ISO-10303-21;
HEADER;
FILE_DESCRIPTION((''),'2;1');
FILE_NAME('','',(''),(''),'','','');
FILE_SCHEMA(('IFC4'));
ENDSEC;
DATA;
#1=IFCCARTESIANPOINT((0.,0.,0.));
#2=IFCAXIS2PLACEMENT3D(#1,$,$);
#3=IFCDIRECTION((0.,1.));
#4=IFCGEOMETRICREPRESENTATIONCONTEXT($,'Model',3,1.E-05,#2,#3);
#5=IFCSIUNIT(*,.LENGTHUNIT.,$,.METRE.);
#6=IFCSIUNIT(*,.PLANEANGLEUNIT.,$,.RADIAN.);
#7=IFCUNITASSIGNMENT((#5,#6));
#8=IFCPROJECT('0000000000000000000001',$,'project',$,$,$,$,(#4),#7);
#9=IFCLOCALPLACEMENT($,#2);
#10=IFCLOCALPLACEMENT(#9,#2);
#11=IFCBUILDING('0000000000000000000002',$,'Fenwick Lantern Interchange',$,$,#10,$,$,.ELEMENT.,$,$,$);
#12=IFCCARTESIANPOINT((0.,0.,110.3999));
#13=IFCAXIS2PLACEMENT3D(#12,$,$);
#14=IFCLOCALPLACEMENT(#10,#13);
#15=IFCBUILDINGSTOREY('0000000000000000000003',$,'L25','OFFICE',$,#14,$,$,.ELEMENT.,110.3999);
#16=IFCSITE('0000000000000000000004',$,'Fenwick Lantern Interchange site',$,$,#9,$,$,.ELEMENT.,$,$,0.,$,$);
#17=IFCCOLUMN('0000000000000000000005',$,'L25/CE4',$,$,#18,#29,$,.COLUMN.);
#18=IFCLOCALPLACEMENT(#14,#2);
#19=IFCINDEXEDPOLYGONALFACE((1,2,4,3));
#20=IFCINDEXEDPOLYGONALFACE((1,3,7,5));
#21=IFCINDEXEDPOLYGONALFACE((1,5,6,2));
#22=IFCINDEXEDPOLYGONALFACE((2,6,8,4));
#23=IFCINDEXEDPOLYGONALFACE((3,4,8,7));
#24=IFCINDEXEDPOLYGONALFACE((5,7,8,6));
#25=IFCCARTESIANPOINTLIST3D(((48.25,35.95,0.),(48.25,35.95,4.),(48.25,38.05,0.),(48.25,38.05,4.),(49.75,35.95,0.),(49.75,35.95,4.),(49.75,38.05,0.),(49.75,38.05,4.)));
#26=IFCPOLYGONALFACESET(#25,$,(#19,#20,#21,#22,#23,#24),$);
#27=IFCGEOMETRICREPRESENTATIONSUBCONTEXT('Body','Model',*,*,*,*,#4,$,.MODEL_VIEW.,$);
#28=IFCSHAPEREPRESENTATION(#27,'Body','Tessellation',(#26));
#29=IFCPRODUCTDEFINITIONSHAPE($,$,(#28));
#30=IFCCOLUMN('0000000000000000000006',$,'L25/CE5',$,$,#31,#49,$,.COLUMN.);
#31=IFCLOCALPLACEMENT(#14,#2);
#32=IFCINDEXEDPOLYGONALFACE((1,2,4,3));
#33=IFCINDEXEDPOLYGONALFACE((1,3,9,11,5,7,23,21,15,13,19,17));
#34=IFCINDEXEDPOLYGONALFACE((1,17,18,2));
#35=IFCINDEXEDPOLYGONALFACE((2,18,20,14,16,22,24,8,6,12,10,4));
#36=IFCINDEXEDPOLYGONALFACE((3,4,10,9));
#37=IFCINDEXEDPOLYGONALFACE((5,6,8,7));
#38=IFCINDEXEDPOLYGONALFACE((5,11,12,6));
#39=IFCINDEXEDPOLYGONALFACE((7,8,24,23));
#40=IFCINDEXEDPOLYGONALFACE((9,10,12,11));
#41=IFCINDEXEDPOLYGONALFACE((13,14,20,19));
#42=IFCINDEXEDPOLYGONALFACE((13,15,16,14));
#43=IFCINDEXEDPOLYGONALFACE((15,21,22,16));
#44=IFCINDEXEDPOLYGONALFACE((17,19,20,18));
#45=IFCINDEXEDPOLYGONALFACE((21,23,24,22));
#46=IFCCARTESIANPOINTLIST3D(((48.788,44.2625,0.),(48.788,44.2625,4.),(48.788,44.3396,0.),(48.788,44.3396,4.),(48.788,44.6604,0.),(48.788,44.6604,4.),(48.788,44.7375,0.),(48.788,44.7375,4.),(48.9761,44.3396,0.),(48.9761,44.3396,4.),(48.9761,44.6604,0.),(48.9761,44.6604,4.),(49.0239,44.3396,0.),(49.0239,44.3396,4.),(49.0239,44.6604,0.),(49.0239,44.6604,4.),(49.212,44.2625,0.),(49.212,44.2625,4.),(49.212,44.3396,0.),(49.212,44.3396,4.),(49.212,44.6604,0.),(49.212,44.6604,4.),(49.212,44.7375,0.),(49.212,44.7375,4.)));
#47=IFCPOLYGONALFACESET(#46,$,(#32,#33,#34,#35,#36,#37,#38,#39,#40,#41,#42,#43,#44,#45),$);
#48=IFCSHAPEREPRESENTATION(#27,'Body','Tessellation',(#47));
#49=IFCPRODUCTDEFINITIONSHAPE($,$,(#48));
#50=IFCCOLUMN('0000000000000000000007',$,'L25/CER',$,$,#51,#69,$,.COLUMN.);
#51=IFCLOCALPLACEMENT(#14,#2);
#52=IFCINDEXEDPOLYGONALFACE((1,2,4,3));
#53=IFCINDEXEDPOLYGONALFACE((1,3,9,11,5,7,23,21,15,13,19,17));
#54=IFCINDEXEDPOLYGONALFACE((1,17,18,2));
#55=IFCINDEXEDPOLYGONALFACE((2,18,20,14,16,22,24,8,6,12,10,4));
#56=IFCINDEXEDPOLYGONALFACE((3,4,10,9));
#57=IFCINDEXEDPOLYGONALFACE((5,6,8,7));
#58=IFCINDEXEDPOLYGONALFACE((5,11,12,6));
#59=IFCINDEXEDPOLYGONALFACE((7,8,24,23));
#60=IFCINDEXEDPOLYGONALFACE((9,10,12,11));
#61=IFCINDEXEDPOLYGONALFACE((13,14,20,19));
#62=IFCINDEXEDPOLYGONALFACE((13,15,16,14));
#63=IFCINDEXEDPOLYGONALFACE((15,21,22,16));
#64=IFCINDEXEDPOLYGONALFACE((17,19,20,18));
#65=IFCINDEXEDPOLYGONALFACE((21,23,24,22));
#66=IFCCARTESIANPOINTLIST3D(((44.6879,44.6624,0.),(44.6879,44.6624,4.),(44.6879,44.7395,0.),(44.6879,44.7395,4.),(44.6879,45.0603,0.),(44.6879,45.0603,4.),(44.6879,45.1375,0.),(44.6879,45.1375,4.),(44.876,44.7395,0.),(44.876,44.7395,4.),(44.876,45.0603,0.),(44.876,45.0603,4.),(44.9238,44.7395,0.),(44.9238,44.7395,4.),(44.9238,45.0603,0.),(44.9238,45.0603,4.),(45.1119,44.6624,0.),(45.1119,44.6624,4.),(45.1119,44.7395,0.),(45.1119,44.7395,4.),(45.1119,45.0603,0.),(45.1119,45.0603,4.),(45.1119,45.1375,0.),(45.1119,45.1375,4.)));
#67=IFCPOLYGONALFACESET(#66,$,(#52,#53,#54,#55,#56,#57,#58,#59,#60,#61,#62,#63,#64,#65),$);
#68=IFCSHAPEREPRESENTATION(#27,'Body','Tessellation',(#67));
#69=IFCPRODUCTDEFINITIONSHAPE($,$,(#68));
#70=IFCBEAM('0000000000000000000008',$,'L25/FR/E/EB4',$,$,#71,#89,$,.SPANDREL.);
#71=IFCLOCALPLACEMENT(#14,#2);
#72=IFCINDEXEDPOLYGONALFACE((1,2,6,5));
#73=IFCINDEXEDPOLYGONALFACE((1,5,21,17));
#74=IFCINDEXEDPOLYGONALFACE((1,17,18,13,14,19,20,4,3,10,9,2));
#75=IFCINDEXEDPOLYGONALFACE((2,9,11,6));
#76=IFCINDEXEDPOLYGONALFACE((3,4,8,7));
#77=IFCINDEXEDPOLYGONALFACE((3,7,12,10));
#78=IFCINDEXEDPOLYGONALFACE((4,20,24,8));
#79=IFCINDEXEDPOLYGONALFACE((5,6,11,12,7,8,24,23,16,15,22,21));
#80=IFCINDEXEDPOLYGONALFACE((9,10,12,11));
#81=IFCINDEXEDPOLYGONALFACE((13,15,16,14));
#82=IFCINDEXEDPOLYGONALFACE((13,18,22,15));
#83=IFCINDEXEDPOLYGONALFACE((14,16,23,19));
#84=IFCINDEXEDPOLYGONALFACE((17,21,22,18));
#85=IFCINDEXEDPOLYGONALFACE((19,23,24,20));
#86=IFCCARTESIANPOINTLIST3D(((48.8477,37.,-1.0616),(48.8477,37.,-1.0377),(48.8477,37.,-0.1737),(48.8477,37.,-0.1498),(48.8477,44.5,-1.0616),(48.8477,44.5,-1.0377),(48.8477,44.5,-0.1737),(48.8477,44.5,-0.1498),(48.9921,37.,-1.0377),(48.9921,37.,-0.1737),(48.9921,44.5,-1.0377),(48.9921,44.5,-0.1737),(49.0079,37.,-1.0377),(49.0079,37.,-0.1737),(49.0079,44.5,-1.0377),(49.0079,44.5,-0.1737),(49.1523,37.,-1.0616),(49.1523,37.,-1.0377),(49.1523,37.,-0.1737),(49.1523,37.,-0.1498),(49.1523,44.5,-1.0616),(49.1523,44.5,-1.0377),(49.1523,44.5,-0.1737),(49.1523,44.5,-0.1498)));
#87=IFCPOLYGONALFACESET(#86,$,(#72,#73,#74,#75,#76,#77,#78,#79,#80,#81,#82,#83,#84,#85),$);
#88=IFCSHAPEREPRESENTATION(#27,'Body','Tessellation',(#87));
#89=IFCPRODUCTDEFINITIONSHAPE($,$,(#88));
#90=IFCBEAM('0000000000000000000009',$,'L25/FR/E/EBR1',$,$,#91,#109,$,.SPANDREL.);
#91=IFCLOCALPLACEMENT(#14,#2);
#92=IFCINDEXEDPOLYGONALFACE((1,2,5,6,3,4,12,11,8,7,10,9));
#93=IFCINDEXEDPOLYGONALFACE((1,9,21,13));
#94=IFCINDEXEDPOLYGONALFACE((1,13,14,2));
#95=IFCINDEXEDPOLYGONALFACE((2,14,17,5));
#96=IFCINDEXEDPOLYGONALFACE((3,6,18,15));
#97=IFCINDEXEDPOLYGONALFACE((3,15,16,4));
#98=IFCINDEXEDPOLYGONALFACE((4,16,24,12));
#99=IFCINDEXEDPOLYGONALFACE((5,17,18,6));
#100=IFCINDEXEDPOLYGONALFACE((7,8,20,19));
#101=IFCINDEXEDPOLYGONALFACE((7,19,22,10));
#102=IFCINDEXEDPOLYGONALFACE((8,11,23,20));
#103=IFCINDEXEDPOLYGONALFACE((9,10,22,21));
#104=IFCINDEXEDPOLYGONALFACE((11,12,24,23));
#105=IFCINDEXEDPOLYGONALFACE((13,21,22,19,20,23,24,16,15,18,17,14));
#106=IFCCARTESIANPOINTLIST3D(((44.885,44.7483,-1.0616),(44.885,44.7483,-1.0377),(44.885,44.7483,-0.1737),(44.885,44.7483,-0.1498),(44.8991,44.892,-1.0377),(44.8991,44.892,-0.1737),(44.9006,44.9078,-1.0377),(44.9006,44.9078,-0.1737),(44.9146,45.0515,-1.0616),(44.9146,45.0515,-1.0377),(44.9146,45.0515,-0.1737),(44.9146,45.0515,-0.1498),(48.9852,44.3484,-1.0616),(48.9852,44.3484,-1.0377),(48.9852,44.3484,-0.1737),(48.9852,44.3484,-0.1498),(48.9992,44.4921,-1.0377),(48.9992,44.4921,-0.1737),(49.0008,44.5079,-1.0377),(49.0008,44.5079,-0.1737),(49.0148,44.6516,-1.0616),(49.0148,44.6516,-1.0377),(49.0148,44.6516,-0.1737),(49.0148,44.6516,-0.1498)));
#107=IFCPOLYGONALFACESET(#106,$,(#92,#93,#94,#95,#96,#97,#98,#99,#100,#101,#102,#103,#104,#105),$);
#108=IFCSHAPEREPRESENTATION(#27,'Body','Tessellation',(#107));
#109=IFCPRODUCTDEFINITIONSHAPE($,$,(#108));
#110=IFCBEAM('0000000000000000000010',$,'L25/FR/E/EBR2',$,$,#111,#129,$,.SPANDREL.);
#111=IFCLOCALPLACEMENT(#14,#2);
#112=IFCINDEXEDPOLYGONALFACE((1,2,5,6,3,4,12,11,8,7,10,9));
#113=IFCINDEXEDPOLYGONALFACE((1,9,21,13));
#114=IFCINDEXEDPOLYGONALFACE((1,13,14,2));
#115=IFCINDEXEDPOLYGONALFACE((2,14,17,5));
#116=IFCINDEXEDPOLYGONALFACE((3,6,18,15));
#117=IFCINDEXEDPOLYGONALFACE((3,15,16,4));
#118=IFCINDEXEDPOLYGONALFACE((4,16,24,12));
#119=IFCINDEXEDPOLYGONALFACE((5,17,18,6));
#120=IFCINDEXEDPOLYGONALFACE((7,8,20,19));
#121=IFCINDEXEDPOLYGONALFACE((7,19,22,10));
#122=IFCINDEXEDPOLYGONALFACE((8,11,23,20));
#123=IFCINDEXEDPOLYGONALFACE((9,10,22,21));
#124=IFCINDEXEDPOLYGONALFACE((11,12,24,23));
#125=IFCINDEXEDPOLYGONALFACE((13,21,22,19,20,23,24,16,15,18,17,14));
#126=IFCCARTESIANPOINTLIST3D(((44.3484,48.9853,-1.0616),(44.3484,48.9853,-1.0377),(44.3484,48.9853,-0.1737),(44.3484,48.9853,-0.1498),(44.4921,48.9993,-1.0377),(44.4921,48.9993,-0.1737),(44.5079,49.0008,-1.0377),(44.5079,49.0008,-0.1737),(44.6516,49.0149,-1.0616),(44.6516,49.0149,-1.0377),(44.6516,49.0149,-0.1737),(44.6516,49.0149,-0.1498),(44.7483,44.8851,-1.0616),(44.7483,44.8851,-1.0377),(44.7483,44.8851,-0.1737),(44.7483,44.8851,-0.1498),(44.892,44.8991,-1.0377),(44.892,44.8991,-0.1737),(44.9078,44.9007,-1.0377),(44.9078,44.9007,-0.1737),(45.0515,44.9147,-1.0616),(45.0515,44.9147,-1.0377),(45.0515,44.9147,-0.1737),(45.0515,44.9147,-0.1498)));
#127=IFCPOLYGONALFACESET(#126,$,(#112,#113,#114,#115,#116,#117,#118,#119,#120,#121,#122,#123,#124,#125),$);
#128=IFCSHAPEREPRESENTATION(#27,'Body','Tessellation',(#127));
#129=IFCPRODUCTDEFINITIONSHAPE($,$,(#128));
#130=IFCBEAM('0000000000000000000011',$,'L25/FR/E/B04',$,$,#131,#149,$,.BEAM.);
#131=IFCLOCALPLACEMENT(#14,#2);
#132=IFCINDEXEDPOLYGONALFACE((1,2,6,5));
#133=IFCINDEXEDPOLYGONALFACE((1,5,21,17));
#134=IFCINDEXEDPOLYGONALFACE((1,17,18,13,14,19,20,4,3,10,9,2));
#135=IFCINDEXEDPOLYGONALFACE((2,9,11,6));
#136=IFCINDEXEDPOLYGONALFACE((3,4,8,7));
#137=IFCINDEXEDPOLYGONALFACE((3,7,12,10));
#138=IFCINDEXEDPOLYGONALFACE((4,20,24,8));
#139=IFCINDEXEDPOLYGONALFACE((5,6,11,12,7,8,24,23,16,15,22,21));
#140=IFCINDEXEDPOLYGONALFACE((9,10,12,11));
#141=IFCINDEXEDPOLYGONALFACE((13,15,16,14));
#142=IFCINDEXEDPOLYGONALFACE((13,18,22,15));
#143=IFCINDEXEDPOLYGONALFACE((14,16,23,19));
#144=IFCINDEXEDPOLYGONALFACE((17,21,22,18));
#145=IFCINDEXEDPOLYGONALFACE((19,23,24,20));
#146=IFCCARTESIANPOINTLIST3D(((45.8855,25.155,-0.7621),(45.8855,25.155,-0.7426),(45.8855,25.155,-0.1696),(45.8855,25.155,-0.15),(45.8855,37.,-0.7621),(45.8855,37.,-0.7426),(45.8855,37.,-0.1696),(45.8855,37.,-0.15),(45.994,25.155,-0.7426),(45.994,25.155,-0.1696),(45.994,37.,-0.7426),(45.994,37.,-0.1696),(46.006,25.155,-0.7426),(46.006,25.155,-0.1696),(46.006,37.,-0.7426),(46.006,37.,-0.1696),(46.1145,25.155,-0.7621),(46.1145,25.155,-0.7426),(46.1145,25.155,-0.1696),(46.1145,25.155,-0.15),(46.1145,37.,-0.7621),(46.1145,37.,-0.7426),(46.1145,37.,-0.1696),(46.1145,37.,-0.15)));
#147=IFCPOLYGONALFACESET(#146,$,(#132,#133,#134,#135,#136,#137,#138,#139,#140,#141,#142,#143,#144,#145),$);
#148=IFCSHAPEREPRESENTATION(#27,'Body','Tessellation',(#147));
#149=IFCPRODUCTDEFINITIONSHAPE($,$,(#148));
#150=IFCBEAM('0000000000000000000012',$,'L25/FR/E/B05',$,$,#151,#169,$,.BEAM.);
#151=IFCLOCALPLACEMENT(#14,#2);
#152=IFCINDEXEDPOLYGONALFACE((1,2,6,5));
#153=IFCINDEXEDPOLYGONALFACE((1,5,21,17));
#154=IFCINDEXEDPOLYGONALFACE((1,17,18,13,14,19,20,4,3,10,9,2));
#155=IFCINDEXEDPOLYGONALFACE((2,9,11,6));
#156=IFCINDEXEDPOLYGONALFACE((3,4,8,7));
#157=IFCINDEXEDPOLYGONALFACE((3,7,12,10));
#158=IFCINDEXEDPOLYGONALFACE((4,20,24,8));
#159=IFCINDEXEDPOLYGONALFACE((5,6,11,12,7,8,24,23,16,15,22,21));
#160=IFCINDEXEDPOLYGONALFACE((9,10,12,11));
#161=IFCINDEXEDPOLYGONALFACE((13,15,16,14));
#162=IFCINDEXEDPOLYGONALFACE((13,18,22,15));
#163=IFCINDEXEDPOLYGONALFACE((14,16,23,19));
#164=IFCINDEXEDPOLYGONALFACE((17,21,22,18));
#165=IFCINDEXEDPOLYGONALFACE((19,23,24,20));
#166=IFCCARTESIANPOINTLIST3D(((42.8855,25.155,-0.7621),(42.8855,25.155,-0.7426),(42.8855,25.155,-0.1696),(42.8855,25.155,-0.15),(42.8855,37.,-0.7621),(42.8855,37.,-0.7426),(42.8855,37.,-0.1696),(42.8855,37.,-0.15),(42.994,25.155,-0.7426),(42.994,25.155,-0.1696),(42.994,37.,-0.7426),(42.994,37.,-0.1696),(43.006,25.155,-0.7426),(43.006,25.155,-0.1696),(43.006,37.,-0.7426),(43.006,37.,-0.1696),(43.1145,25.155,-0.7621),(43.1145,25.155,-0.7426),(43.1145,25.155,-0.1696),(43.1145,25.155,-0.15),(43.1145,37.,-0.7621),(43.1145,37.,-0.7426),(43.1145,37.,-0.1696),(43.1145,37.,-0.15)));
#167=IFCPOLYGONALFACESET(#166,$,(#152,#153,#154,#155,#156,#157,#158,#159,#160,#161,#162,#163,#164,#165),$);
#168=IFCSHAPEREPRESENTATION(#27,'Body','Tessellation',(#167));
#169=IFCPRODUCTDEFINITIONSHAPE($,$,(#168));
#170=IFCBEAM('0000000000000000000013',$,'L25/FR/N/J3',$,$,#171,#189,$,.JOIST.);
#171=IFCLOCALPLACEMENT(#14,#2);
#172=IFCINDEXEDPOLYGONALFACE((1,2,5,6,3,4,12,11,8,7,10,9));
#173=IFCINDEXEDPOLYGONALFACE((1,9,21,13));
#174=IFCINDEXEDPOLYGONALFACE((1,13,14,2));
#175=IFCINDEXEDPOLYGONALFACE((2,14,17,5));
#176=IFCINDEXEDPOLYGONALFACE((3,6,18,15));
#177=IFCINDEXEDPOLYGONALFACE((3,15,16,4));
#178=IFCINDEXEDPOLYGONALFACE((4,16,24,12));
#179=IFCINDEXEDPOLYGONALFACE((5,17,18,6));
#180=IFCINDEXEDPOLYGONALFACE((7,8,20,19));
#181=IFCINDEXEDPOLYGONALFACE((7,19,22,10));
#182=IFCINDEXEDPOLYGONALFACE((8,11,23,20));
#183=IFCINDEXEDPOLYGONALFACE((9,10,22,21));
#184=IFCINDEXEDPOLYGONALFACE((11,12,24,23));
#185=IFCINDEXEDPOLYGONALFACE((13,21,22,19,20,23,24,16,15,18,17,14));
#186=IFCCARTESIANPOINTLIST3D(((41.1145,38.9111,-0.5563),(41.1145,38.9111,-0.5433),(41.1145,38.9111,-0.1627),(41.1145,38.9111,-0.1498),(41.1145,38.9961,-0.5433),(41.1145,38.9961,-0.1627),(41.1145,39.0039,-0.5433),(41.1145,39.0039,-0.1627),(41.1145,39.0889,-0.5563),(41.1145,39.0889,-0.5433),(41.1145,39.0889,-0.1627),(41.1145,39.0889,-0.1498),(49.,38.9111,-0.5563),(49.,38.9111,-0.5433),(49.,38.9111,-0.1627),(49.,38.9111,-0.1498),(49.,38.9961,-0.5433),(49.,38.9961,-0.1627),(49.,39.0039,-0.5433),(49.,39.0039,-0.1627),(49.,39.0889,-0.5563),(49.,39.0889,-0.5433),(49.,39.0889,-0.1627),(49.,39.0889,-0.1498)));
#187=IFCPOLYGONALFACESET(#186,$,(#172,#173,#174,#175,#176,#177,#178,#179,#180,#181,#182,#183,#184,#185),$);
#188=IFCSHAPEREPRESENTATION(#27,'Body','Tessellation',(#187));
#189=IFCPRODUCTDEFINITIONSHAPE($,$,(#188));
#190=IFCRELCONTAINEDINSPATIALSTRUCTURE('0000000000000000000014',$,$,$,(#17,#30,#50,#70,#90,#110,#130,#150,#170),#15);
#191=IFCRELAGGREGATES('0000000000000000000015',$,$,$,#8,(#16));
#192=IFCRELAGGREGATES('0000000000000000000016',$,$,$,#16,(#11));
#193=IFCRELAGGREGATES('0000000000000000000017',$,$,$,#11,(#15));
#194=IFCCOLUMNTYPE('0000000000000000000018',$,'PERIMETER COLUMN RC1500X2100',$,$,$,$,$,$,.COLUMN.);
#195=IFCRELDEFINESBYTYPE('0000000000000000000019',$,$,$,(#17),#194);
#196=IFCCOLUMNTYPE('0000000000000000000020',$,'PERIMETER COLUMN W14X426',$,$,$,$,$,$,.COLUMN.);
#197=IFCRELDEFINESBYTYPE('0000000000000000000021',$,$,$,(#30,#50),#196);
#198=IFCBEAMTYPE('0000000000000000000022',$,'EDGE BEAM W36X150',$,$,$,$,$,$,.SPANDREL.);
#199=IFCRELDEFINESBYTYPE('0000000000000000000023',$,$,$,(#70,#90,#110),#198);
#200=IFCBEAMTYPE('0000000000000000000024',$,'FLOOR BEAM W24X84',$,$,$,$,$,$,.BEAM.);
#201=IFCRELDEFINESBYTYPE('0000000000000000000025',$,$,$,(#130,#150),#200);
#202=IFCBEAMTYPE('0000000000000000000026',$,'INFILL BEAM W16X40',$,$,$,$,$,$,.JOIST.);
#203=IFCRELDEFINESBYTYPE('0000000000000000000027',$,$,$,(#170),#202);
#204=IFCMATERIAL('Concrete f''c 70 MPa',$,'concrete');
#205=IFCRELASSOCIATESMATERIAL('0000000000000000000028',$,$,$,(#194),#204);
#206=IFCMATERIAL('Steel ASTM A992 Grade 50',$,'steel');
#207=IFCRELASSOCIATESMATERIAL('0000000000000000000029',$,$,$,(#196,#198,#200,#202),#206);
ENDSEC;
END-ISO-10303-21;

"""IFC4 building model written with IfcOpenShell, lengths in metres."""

from ifc_helpers import new_model, si_unit, direction, frame, origin, origin_2d, place, context, subcontext, project, spatial, rectangle, i_section, extrude, material, material_profile, profile_set, type_object, element, save


model = new_model("IFC4")

# Units and contexts
model_context = context("Model", 3, precision=1e-05, world=origin(), true_north=direction((0.0, 1.0)))
body_context = subcontext(model_context, "Body", "Model", "MODEL_VIEW")
ifc_project = project(units=[si_unit("LENGTHUNIT", "METRE"), si_unit("PLANEANGLEUNIT", "RADIAN")], contexts=[model_context])

# Site, building, storey
site_placement = place(None, origin())
site = spatial("IfcSite", under=ifc_project, at=site_placement, Name="Fenwick Lantern Interchange site", CompositionType="ELEMENT", RefElevation=0.0)
building_placement = place(site_placement, origin())
building = spatial("IfcBuilding", under=site, at=building_placement, Name="Fenwick Lantern Interchange", CompositionType="ELEMENT")
storey_placement = place(building_placement, frame((0.0, 0.0, 110.3999)))
storey = spatial("IfcBuildingStorey", under=building, at=storey_placement, Name="L25", Description="OFFICE", CompositionType="ELEMENT", Elevation=110.3999)

# Columns
ifc_material_1 = material(Name="Concrete f'c 70 MPa", Category="concrete")
ifc_material_profile_1 = material_profile(ifc_material_1, rectangle(XDim=1.5, YDim=2.1001, at=origin_2d()), Name="RC1500X2100")
ifc_profile_set_1 = profile_set([ifc_material_profile_1], Name="Concrete f'c 70 MPa")
column_type_1 = type_object("IfcColumnType", Name="PERIMETER COLUMN RC1500X2100", PredefinedType="COLUMN", material=ifc_profile_set_1)
column_placement = place(storey_placement, frame((49.0, 37.0, 0.0), z_axis=(0.0, 0.0, 1.0), x_axis=(1.0, 0.0, 0.0)))
element("IfcColumn", 1, at=column_placement, inside=storey, type_object=column_type_1, Name="L25/CE4", PredefinedType="COLUMN", context=body_context, shape_type="SweptSolid", body=[
    extrude(rectangle(XDim=1.5, YDim=2.1001, at=origin_2d()), origin(), (0.0, 0.0, 1.0), 4.0),
])
ifc_material_2 = material(Name="Steel ASTM A992 Grade 50", Category="steel")
ifc_material_profile_2 = material_profile(ifc_material_2, i_section(OverallWidth=0.4241, OverallDepth=0.4751, WebThickness=0.0479, FlangeThickness=0.0771, at=origin_2d()), Name="W14X426")
ifc_profile_set_2 = profile_set([ifc_material_profile_2], Name="Steel ASTM A992 Grade 50")
column_type_2 = type_object("IfcColumnType", Name="PERIMETER COLUMN W14X426", PredefinedType="COLUMN", material=ifc_profile_set_2)
for number, where, z_axis, x_axis, name in (
    (2, (49.0, 44.5, 0.0), (0.0, 0.0, 1.0), (1.0, 0.0, 0.0), "L25/CE5"),
    (3, (44.8999, 44.8999, 0.0), (0.0, 0.0, 1.0), (1.0, 0.0, 0.0), "L25/CER"),
):
    element("IfcColumn", number, at=place(storey_placement, frame(where, z_axis=z_axis, x_axis=x_axis)), inside=storey, type_object=column_type_2, Name=name, PredefinedType="COLUMN", context=body_context, shape_type="SweptSolid", body=[
        extrude(i_section(OverallWidth=0.4241, OverallDepth=0.4751, WebThickness=0.0479, FlangeThickness=0.0771, at=origin_2d()), origin(), (0.0, 0.0, 1.0), 4.0),
    ])

# Beams
ifc_material_profile_3 = material_profile(ifc_material_2, i_section(OverallWidth=0.3047, OverallDepth=0.9119, WebThickness=0.0159, FlangeThickness=0.0239, at=origin_2d()), Name="W36X150")
ifc_profile_set_3 = profile_set([ifc_material_profile_3], Name="Steel ASTM A992 Grade 50")
beam_type_1 = type_object("IfcBeamType", Name="EDGE BEAM W36X150", PredefinedType="SPANDREL", material=ifc_profile_set_3)
beam_1_placement = place(storey_placement, frame((49.0, 37.0, -0.6057), z_axis=(0.0, 1.0, 0.0), x_axis=(-1.0, 0.0, 0.0)))
element("IfcBeam", 4, at=beam_1_placement, inside=storey, type_object=beam_type_1, Name="L25/FR/E/EB4", PredefinedType="SPANDREL", context=body_context, shape_type="SweptSolid", body=[
    extrude(i_section(OverallWidth=0.3047, OverallDepth=0.9119, WebThickness=0.0159, FlangeThickness=0.0239, at=origin_2d()), origin(), (0.0, 0.0, 1.0), 7.5),
])
for number, where, z_axis, x_axis, name in (
    (5, (49.0, 44.5, -0.6057), (-0.995277, 0.097074, 0.0), (-0.097074, -0.995277, 0.0), "L25/FR/E/EBR1"),
    (6, (44.8999, 44.8999, -0.6057), (-0.097074, 0.995277, 0.0), (-0.995277, -0.097074, 0.0), "L25/FR/E/EBR2"),
):
    element("IfcBeam", number, at=place(storey_placement, frame(where, z_axis=z_axis, x_axis=x_axis)), inside=storey, type_object=beam_type_1, Name=name, PredefinedType="SPANDREL", context=body_context, shape_type="SweptSolid", body=[
        extrude(i_section(OverallWidth=0.3047, OverallDepth=0.9119, WebThickness=0.0159, FlangeThickness=0.0239, at=origin_2d()), origin(), (0.0, 0.0, 1.0), 4.1196),
    ])
ifc_material_profile_4 = material_profile(ifc_material_2, i_section(OverallWidth=0.229, OverallDepth=0.6121, WebThickness=0.012, FlangeThickness=0.0195, at=origin_2d()), Name="W24X84")
ifc_profile_set_4 = profile_set([ifc_material_profile_4], Name="Steel ASTM A992 Grade 50")
beam_type_2 = type_object("IfcBeamType", Name="FLOOR BEAM W24X84", PredefinedType="BEAM", material=ifc_profile_set_4)
for number, where, z_axis, x_axis, name in (
    (7, (46.0, 25.155, -0.4561), (0.0, 1.0, 0.0), (-1.0, 0.0, 0.0), "L25/FR/E/B04"),
    (8, (43.0, 25.155, -0.4561), (0.0, 1.0, 0.0), (-1.0, 0.0, 0.0), "L25/FR/E/B05"),
):
    element("IfcBeam", number, at=place(storey_placement, frame(where, z_axis=z_axis, x_axis=x_axis)), inside=storey, type_object=beam_type_2, Name=name, PredefinedType="BEAM", context=body_context, shape_type="SweptSolid", body=[
        extrude(i_section(OverallWidth=0.229, OverallDepth=0.6121, WebThickness=0.012, FlangeThickness=0.0195, at=origin_2d()), origin(), (0.0, 0.0, 1.0), 11.845),
    ])
ifc_material_profile_5 = material_profile(ifc_material_2, i_section(OverallWidth=0.1777, OverallDepth=0.4065, WebThickness=0.0078, FlangeThickness=0.0129, at=origin_2d()), Name="W16X40")
ifc_profile_set_5 = profile_set([ifc_material_profile_5], Name="Steel ASTM A992 Grade 50")
beam_type_3 = type_object("IfcBeamType", Name="INFILL BEAM W16X40", PredefinedType="JOIST", material=ifc_profile_set_5)
beam_2_placement = place(storey_placement, frame((49.0, 39.0, -0.353), z_axis=(-1.0, 0.0, 0.0), x_axis=(0.0, -1.0, 0.0)))
element("IfcBeam", 9, at=beam_2_placement, inside=storey, type_object=beam_type_3, Name="L25/FR/N/J3", PredefinedType="JOIST", context=body_context, shape_type="SweptSolid", body=[
    extrude(i_section(OverallWidth=0.1777, OverallDepth=0.4065, WebThickness=0.0078, FlangeThickness=0.0129, at=origin_2d()), origin(), (0.0, 0.0, 1.0), 7.8855),
])

save(model, "model.ifc")
